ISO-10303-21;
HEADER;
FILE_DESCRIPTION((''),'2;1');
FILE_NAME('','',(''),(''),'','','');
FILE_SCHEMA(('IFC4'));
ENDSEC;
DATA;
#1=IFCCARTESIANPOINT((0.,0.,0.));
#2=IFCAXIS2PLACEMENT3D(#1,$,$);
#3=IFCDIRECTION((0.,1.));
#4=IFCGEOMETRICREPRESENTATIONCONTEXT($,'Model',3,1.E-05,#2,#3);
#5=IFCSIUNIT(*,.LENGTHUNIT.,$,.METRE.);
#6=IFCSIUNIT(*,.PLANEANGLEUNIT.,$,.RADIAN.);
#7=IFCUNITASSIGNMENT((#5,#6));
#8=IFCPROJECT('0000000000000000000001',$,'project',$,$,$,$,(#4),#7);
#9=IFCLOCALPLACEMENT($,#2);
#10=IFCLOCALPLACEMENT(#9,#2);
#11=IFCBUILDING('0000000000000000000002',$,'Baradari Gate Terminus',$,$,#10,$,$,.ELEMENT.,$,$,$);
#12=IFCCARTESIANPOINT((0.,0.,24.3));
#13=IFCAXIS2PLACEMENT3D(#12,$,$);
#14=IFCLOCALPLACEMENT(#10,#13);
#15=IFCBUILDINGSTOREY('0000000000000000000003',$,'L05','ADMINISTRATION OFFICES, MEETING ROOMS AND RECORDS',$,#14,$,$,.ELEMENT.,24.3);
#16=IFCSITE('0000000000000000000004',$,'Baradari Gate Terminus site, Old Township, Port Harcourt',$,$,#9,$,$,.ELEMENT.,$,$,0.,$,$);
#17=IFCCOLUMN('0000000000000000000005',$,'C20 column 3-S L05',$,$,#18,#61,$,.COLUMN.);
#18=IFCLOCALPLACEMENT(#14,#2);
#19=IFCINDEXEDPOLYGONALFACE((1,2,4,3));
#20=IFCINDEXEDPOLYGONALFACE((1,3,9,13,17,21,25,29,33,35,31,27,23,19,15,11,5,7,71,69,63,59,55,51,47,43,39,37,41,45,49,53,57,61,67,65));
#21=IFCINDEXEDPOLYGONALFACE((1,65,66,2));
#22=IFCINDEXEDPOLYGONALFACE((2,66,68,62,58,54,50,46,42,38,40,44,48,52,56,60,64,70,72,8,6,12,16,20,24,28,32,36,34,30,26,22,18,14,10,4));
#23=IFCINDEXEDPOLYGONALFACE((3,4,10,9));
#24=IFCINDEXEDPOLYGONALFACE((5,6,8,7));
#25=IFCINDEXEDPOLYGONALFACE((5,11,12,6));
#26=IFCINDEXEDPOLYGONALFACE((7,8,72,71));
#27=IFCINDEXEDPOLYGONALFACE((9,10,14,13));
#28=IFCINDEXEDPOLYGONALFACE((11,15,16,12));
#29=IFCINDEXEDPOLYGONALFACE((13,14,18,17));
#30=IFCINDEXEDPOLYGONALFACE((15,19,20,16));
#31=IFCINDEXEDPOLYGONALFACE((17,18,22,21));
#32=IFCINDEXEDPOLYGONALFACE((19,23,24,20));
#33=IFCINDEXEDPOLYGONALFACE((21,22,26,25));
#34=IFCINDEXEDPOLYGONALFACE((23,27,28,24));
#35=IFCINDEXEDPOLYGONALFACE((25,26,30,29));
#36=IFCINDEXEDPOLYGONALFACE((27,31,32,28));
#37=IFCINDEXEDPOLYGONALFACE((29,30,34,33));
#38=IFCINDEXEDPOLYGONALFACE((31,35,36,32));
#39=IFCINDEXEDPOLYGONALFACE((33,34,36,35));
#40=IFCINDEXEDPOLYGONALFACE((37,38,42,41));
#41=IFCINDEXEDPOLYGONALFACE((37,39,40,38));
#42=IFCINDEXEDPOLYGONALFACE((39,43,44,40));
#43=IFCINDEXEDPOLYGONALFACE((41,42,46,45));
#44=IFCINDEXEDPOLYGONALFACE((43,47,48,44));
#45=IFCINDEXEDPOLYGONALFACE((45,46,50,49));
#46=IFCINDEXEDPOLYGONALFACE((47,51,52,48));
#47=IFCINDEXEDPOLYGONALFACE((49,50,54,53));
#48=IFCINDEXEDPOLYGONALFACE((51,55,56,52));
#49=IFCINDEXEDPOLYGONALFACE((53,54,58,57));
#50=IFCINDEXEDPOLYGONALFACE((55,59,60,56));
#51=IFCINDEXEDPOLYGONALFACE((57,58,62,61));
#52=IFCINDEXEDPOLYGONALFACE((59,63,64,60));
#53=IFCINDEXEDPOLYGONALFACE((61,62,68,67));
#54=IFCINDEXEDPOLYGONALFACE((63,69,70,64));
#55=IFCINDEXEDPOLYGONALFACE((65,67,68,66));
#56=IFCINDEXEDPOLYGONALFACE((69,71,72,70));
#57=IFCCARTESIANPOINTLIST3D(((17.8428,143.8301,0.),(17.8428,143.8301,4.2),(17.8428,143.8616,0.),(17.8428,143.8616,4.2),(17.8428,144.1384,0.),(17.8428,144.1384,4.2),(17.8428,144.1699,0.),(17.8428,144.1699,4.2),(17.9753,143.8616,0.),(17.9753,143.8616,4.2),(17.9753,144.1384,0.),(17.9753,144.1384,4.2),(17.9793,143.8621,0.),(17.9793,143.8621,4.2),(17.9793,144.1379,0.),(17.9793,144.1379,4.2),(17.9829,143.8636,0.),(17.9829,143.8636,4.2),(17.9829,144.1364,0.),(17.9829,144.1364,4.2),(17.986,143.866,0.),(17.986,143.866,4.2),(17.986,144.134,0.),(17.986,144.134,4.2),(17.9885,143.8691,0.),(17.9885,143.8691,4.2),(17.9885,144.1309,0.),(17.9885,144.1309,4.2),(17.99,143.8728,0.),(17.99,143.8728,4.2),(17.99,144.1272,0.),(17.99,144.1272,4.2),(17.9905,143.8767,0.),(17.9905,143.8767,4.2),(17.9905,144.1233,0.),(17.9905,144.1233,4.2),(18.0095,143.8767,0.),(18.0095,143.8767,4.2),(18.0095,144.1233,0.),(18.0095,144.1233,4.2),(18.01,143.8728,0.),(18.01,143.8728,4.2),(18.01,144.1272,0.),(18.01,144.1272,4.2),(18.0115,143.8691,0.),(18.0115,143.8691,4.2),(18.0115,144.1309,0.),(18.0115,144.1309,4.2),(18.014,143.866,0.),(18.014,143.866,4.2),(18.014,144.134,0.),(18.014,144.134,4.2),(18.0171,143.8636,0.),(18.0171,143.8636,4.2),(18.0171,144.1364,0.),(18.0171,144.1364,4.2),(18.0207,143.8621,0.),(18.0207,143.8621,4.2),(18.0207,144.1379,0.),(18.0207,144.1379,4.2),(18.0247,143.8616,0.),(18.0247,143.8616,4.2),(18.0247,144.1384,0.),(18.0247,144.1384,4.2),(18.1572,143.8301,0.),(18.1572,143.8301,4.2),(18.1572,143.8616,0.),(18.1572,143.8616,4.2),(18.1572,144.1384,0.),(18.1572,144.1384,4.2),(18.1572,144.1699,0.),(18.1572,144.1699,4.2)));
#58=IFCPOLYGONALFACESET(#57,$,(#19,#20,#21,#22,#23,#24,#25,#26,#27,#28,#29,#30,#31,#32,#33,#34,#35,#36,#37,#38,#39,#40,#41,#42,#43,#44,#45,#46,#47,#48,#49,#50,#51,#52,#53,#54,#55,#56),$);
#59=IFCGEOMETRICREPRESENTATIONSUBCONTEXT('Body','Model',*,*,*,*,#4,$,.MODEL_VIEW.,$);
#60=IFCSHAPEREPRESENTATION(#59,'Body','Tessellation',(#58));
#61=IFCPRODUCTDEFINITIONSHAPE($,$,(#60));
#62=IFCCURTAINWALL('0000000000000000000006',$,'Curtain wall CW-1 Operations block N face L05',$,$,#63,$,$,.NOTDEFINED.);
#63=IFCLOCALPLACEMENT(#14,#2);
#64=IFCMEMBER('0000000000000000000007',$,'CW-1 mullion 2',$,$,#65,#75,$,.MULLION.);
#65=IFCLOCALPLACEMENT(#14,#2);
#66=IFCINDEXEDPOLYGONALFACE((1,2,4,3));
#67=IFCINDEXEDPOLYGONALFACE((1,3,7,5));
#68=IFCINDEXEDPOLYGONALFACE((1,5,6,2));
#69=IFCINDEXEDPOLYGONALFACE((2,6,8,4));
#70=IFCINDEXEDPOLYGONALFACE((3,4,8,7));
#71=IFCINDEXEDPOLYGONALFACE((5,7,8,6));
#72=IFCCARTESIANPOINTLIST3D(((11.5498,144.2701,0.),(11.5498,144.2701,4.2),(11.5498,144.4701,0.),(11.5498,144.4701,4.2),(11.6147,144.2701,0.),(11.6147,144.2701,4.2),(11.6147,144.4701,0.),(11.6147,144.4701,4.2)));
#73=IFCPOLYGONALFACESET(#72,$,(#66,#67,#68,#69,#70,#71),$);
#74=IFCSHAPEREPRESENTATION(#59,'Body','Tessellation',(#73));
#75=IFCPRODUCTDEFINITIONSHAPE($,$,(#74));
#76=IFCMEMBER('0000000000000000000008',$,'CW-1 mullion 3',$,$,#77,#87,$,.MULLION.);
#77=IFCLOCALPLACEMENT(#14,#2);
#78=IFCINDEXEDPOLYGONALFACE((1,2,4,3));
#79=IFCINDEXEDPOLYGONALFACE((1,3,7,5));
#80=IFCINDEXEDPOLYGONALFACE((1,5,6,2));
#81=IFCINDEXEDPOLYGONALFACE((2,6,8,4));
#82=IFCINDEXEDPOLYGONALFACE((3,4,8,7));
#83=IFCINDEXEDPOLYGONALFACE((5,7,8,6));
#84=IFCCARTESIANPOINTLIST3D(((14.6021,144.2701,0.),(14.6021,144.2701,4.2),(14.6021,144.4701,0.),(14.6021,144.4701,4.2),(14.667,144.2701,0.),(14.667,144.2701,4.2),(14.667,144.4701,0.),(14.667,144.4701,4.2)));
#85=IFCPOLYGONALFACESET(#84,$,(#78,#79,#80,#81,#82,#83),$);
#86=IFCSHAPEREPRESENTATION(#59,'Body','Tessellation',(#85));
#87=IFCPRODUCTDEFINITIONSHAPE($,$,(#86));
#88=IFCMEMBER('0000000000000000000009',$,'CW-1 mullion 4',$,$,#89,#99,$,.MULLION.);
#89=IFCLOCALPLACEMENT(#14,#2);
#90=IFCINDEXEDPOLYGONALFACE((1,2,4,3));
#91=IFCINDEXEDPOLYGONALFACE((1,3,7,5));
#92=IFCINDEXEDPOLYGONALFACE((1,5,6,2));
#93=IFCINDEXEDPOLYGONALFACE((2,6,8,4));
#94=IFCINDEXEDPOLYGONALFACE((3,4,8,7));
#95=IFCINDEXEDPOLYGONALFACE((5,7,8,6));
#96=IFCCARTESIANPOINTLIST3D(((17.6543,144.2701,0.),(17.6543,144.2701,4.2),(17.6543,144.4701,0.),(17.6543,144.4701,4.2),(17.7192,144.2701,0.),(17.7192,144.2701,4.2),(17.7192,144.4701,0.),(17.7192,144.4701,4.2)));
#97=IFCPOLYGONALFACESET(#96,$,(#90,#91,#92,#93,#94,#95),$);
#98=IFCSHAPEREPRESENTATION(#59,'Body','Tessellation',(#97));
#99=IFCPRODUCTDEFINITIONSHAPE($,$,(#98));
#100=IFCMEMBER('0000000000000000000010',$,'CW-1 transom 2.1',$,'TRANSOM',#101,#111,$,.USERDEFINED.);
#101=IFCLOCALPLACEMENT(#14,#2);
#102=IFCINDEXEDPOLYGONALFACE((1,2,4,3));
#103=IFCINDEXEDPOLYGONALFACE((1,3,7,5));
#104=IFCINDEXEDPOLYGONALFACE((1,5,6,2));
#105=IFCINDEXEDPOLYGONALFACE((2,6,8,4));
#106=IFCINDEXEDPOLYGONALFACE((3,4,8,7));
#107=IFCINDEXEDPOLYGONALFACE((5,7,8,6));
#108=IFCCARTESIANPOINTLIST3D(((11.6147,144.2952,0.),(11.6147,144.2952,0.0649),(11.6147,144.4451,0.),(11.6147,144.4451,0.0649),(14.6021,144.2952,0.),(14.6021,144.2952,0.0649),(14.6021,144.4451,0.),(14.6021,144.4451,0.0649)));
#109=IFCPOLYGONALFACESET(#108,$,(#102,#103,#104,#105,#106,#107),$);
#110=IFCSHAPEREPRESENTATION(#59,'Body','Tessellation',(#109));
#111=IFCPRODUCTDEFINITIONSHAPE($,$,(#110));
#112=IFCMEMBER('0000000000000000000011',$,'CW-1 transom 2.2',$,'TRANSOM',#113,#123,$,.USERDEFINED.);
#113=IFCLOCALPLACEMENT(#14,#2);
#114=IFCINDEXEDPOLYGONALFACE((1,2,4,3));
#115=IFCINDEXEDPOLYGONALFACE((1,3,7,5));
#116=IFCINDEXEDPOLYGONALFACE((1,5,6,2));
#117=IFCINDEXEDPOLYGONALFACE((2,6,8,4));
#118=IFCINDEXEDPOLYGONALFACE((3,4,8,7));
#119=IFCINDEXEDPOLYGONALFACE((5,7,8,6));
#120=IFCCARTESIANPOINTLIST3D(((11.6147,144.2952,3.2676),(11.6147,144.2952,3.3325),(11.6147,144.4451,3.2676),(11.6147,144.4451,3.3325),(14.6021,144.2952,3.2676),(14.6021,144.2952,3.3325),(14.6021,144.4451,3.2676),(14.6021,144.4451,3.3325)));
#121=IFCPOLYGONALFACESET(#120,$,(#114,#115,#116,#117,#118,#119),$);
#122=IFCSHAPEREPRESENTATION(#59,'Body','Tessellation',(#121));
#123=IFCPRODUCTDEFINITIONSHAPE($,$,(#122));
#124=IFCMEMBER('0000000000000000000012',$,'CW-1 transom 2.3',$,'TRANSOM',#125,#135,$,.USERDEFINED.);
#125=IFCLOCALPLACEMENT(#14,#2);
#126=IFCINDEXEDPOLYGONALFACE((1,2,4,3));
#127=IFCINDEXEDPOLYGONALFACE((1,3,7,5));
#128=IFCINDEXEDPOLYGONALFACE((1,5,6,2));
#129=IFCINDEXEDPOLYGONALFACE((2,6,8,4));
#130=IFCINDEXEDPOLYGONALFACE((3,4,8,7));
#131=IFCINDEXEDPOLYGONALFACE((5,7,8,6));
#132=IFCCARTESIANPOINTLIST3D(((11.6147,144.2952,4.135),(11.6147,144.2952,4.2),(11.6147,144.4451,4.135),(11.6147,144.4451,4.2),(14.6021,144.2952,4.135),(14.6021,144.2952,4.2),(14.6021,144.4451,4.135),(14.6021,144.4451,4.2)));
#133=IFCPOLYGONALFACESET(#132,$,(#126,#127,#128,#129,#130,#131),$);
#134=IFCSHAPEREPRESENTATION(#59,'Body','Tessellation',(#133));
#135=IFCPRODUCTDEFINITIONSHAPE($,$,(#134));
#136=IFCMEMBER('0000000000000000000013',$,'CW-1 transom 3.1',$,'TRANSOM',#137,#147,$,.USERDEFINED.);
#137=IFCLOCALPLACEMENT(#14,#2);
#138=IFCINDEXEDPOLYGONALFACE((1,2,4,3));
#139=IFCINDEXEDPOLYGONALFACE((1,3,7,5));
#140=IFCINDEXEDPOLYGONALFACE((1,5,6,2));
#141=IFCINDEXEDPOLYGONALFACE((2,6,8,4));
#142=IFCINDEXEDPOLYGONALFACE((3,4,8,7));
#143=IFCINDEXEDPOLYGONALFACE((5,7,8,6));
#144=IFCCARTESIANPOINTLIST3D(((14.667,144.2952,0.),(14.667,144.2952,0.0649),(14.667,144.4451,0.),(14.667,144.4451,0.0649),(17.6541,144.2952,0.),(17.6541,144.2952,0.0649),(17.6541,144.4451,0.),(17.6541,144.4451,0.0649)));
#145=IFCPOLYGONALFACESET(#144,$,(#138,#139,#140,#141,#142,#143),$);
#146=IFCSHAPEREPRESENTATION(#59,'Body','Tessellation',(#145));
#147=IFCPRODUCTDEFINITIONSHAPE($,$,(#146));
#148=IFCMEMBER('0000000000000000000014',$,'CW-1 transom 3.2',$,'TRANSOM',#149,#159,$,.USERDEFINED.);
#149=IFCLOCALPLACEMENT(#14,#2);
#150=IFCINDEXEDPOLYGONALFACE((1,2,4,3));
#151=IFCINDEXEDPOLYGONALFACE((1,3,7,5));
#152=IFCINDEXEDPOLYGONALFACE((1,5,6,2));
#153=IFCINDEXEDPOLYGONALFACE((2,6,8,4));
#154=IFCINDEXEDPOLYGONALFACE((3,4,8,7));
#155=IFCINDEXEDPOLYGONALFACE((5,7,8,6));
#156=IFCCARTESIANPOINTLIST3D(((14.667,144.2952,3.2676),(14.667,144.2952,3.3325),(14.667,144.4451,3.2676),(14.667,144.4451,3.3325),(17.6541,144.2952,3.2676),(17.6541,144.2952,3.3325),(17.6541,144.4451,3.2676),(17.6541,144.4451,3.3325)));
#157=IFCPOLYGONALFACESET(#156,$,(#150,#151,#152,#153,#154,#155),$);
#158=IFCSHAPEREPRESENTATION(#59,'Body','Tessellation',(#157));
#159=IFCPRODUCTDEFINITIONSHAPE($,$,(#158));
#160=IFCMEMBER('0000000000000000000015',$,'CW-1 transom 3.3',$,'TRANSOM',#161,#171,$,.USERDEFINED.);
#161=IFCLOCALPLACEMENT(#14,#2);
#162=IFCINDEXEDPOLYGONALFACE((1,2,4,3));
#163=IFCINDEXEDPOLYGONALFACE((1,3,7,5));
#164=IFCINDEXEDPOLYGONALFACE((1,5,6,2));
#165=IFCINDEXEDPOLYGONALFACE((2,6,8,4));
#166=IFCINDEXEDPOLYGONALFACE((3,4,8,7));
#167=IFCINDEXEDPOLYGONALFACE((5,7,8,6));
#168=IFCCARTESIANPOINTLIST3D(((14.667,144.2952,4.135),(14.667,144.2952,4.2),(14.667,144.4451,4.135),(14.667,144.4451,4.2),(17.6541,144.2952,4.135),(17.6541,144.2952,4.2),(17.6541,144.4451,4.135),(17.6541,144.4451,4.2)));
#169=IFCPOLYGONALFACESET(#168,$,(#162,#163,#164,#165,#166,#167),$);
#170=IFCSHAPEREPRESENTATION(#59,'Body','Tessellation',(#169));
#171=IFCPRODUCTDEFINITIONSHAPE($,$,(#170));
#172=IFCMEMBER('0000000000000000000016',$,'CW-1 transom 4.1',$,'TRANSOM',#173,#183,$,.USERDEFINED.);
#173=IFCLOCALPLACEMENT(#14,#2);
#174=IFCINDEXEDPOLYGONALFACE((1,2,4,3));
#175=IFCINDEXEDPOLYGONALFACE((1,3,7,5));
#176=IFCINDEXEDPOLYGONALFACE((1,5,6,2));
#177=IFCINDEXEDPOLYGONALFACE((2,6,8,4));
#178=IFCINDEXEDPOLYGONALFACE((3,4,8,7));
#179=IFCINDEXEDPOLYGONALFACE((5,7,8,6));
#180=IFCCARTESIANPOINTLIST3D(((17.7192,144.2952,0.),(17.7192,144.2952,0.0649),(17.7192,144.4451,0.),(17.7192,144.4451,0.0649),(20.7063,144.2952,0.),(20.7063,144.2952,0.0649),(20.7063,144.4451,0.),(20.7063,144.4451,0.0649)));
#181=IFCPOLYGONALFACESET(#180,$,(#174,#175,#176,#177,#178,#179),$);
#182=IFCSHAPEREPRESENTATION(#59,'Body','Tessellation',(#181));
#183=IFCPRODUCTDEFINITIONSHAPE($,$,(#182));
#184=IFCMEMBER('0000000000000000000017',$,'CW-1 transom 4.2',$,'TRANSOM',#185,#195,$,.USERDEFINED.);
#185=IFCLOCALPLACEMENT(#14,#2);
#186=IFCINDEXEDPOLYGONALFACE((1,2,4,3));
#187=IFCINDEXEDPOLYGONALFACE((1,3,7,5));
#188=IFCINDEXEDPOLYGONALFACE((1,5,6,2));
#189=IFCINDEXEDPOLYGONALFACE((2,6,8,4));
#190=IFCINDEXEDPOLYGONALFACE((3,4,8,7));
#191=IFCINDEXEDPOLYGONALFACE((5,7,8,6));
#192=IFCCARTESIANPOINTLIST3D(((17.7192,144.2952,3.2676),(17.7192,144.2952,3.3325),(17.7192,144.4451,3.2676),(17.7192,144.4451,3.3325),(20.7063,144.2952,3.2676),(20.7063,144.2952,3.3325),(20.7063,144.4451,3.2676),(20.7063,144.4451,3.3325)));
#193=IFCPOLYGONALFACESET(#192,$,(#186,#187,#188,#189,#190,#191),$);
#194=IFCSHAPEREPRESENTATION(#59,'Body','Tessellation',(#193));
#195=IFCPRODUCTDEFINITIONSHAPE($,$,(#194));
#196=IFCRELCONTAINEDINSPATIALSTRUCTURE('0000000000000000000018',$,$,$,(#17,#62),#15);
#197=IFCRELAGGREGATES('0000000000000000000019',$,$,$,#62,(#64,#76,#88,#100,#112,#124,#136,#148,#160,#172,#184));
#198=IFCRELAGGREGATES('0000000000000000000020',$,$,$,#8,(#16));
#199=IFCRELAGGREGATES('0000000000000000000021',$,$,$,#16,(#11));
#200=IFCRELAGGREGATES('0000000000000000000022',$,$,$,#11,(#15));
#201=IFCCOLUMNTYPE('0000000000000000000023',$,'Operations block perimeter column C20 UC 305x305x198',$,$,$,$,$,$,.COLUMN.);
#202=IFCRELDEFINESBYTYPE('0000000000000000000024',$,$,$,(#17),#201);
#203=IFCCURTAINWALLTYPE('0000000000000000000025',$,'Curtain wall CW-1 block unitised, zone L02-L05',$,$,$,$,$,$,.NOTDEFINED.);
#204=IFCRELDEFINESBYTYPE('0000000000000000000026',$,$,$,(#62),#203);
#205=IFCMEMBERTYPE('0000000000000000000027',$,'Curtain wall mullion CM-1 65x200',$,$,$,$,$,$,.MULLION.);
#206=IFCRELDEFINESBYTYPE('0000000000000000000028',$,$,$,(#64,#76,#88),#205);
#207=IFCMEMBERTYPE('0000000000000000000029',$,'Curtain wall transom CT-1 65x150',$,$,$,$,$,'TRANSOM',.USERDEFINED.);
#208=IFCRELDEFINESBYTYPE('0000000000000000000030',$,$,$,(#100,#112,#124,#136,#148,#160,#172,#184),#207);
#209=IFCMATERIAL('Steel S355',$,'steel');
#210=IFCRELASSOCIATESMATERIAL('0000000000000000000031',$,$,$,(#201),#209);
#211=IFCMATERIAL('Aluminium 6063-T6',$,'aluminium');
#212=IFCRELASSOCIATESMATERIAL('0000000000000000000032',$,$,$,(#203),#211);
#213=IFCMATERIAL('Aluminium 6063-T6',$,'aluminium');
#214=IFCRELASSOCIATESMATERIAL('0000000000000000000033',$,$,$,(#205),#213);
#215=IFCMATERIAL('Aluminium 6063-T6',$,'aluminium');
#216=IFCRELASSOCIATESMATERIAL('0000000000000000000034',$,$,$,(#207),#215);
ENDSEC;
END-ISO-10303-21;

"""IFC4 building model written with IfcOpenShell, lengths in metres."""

from ifc_helpers import new_model, si_unit, direction, frame, origin, origin_2d, place, context, subcontext, project, spatial, rectangle, i_section, extrude, material, material_profile, profile_set, type_object, element, aggregate, save


model = new_model("IFC4")

# Units and contexts
model_context = context("Model", 3, precision=1e-05, world=origin(), true_north=direction((0.0, 1.0)))
body_context = subcontext(model_context, "Body", "Model", "MODEL_VIEW")
ifc_project = project(units=[si_unit("LENGTHUNIT", "METRE"), si_unit("PLANEANGLEUNIT", "RADIAN")], contexts=[model_context])

# Site, building, storey
site_placement = place(None, origin())
site = spatial("IfcSite", under=ifc_project, at=site_placement, Name="Baradari Gate Terminus site, Old Township, Port Harcourt", CompositionType="ELEMENT", RefElevation=0.0)
building_placement = place(site_placement, origin())
building = spatial("IfcBuilding", under=site, at=building_placement, Name="Baradari Gate Terminus", CompositionType="ELEMENT")
storey_placement = place(building_placement, frame((0.0, 0.0, 24.3)))
storey = spatial("IfcBuildingStorey", under=building, at=storey_placement, Name="L05", Description="ADMINISTRATION OFFICES, MEETING ROOMS AND RECORDS", CompositionType="ELEMENT", Elevation=24.3)

# Column
ifc_material_1 = material(Name="Steel S355", Category="steel")
ifc_material_profile_1 = material_profile(ifc_material_1, i_section(OverallWidth=0.3145, OverallDepth=0.3398, WebThickness=0.019, FlangeThickness=0.0315, FilletRadius=0.0151, at=origin_2d()), Name="UC 305x305x198")
ifc_profile_set_1 = profile_set([ifc_material_profile_1], Name="Steel S355")
column_type = type_object("IfcColumnType", Name="Operations block perimeter column C20 UC 305x305x198", PredefinedType="COLUMN", material=ifc_profile_set_1)
column_placement = place(storey_placement, frame((18.0, 144.0, 0.0), z_axis=(0.0, 0.0, 1.0), x_axis=(1.0, 0.0, 0.0)))
element("IfcColumn", 1, at=column_placement, inside=storey, type_object=column_type, Name="C20 column 3-S L05", PredefinedType="COLUMN", context=body_context, shape_type="SweptSolid", body=[
    extrude(i_section(OverallWidth=0.3145, OverallDepth=0.3398, WebThickness=0.019, FlangeThickness=0.0315, FilletRadius=0.0151, at=origin_2d()), origin(), (0.0, 0.0, 1.0), 4.2),
])

# Curtain wall, members
ifc_material_2 = material(Name="Aluminium 6063-T6", Category="aluminium")
curtain_wall_type = type_object("IfcCurtainWallType", Name="Curtain wall CW-1 block unitised, zone L02-L05", PredefinedType="NOTDEFINED", material=ifc_material_2)
curtain_wall_placement = place(storey_placement, origin())
curtain_wall = element("IfcCurtainWall", 2, at=curtain_wall_placement, inside=storey, type_object=curtain_wall_type, Name="Curtain wall CW-1 Operations block N face L05", PredefinedType="NOTDEFINED")
ifc_material_3 = material(Name="Aluminium 6063-T6", Category="aluminium")
ifc_material_profile_2 = material_profile(ifc_material_3, rectangle(XDim=0.2, YDim=0.0649, at=origin_2d()), Name="CM-1 65X200")
ifc_profile_set_2 = profile_set([ifc_material_profile_2], Name="Aluminium 6063-T6")
member_type_1 = type_object("IfcMemberType", Name="Curtain wall mullion CM-1 65x200", PredefinedType="MULLION", material=ifc_profile_set_2)
member_1_placement = place(storey_placement, frame((11.5823, 144.3701, 0.0), z_axis=(0.0, 0.0, 1.0), x_axis=(0.0, 1.0, 0.0)))
member_1 = element("IfcMember", 3, at=member_1_placement, type_object=member_type_1, Name="CW-1 mullion 2", PredefinedType="MULLION", context=body_context, shape_type="SweptSolid", body=[
    extrude(rectangle(XDim=0.2, YDim=0.0649, at=origin_2d()), origin(), (0.0, 0.0, 1.0), 4.2),
])
member_2_placement = place(storey_placement, frame((14.6345, 144.3701, 0.0), z_axis=(0.0, 0.0, 1.0), x_axis=(0.0, 1.0, 0.0)))
member_2 = element("IfcMember", 4, at=member_2_placement, type_object=member_type_1, Name="CW-1 mullion 3", PredefinedType="MULLION", context=body_context, shape_type="SweptSolid", body=[
    extrude(rectangle(XDim=0.2, YDim=0.0649, at=origin_2d()), origin(), (0.0, 0.0, 1.0), 4.2),
])
member_3_placement = place(storey_placement, frame((17.6868, 144.3701, 0.0), z_axis=(0.0, 0.0, 1.0), x_axis=(0.0, 1.0, 0.0)))
member_3 = element("IfcMember", 5, at=member_3_placement, type_object=member_type_1, Name="CW-1 mullion 4", PredefinedType="MULLION", context=body_context, shape_type="SweptSolid", body=[
    extrude(rectangle(XDim=0.2, YDim=0.0649, at=origin_2d()), origin(), (0.0, 0.0, 1.0), 4.2),
])
ifc_material_4 = material(Name="Aluminium 6063-T6", Category="aluminium")
ifc_material_profile_3 = material_profile(ifc_material_4, rectangle(XDim=0.1499, YDim=0.0649, at=origin_2d()), Name="CT-1 65X150")
ifc_profile_set_3 = profile_set([ifc_material_profile_3], Name="Aluminium 6063-T6")
member_type_2 = type_object("IfcMemberType", Name="Curtain wall transom CT-1 65x150", ElementType="TRANSOM", PredefinedType="USERDEFINED", material=ifc_profile_set_3)
member_4_placement = place(storey_placement, frame((11.6147, 144.3701, 0.0325), z_axis=(1.0, 0.0, 0.0), x_axis=(0.0, 1.0, 0.0)))
member_4 = element("IfcMember", 6, at=member_4_placement, type_object=member_type_2, Name="CW-1 transom 2.1", ObjectType="TRANSOM", PredefinedType="USERDEFINED", context=body_context, shape_type="SweptSolid", body=[
    extrude(rectangle(XDim=0.1499, YDim=0.0649, at=origin_2d()), origin(), (0.0, 0.0, 1.0), 2.9873),
])
member_5_placement = place(storey_placement, frame((11.6147, 144.3701, 3.3), z_axis=(1.0, 0.0, 0.0), x_axis=(0.0, 1.0, 0.0)))
member_5 = element("IfcMember", 7, at=member_5_placement, type_object=member_type_2, Name="CW-1 transom 2.2", ObjectType="TRANSOM", PredefinedType="USERDEFINED", context=body_context, shape_type="SweptSolid", body=[
    extrude(rectangle(XDim=0.1499, YDim=0.0649, at=origin_2d()), origin(), (0.0, 0.0, 1.0), 2.9873),
])
member_6_placement = place(storey_placement, frame((11.6147, 144.3701, 4.1675), z_axis=(1.0, 0.0, 0.0), x_axis=(0.0, 1.0, 0.0)))
member_6 = element("IfcMember", 8, at=member_6_placement, type_object=member_type_2, Name="CW-1 transom 2.3", ObjectType="TRANSOM", PredefinedType="USERDEFINED", context=body_context, shape_type="SweptSolid", body=[
    extrude(rectangle(XDim=0.1499, YDim=0.0649, at=origin_2d()), origin(), (0.0, 0.0, 1.0), 2.9873),
])
member_7_placement = place(storey_placement, frame((14.667, 144.3701, 0.0325), z_axis=(1.0, 0.0, 0.0), x_axis=(0.0, 1.0, 0.0)))
member_7 = element("IfcMember", 9, at=member_7_placement, type_object=member_type_2, Name="CW-1 transom 3.1", ObjectType="TRANSOM", PredefinedType="USERDEFINED", context=body_context, shape_type="SweptSolid", body=[
    extrude(rectangle(XDim=0.1499, YDim=0.0649, at=origin_2d()), origin(), (0.0, 0.0, 1.0), 2.9871),
])
member_8_placement = place(storey_placement, frame((14.667, 144.3701, 3.3), z_axis=(1.0, 0.0, 0.0), x_axis=(0.0, 1.0, 0.0)))
member_8 = element("IfcMember", 10, at=member_8_placement, type_object=member_type_2, Name="CW-1 transom 3.2", ObjectType="TRANSOM", PredefinedType="USERDEFINED", context=body_context, shape_type="SweptSolid", body=[
    extrude(rectangle(XDim=0.1499, YDim=0.0649, at=origin_2d()), origin(), (0.0, 0.0, 1.0), 2.9871),
])
member_9_placement = place(storey_placement, frame((14.667, 144.3701, 4.1675), z_axis=(1.0, 0.0, 0.0), x_axis=(0.0, 1.0, 0.0)))
member_9 = element("IfcMember", 11, at=member_9_placement, type_object=member_type_2, Name="CW-1 transom 3.3", ObjectType="TRANSOM", PredefinedType="USERDEFINED", context=body_context, shape_type="SweptSolid", body=[
    extrude(rectangle(XDim=0.1499, YDim=0.0649, at=origin_2d()), origin(), (0.0, 0.0, 1.0), 2.9871),
])
member_10_placement = place(storey_placement, frame((17.7192, 144.3701, 0.0325), z_axis=(1.0, 0.0, 0.0), x_axis=(0.0, 1.0, 0.0)))
member_10 = element("IfcMember", 12, at=member_10_placement, type_object=member_type_2, Name="CW-1 transom 4.1", ObjectType="TRANSOM", PredefinedType="USERDEFINED", context=body_context, shape_type="SweptSolid", body=[
    extrude(rectangle(XDim=0.1499, YDim=0.0649, at=origin_2d()), origin(), (0.0, 0.0, 1.0), 2.9871),
])
member_11_placement = place(storey_placement, frame((17.7192, 144.3701, 3.3), z_axis=(1.0, 0.0, 0.0), x_axis=(0.0, 1.0, 0.0)))
member_11 = element("IfcMember", 13, at=member_11_placement, type_object=member_type_2, Name="CW-1 transom 4.2", ObjectType="TRANSOM", PredefinedType="USERDEFINED", context=body_context, shape_type="SweptSolid", body=[
    extrude(rectangle(XDim=0.1499, YDim=0.0649, at=origin_2d()), origin(), (0.0, 0.0, 1.0), 2.9871),
])

aggregate(curtain_wall, [member_1, member_2, member_3, member_4, member_5, member_6, member_7, member_8, member_9, member_10, member_11])

save(model, "model.ifc")
